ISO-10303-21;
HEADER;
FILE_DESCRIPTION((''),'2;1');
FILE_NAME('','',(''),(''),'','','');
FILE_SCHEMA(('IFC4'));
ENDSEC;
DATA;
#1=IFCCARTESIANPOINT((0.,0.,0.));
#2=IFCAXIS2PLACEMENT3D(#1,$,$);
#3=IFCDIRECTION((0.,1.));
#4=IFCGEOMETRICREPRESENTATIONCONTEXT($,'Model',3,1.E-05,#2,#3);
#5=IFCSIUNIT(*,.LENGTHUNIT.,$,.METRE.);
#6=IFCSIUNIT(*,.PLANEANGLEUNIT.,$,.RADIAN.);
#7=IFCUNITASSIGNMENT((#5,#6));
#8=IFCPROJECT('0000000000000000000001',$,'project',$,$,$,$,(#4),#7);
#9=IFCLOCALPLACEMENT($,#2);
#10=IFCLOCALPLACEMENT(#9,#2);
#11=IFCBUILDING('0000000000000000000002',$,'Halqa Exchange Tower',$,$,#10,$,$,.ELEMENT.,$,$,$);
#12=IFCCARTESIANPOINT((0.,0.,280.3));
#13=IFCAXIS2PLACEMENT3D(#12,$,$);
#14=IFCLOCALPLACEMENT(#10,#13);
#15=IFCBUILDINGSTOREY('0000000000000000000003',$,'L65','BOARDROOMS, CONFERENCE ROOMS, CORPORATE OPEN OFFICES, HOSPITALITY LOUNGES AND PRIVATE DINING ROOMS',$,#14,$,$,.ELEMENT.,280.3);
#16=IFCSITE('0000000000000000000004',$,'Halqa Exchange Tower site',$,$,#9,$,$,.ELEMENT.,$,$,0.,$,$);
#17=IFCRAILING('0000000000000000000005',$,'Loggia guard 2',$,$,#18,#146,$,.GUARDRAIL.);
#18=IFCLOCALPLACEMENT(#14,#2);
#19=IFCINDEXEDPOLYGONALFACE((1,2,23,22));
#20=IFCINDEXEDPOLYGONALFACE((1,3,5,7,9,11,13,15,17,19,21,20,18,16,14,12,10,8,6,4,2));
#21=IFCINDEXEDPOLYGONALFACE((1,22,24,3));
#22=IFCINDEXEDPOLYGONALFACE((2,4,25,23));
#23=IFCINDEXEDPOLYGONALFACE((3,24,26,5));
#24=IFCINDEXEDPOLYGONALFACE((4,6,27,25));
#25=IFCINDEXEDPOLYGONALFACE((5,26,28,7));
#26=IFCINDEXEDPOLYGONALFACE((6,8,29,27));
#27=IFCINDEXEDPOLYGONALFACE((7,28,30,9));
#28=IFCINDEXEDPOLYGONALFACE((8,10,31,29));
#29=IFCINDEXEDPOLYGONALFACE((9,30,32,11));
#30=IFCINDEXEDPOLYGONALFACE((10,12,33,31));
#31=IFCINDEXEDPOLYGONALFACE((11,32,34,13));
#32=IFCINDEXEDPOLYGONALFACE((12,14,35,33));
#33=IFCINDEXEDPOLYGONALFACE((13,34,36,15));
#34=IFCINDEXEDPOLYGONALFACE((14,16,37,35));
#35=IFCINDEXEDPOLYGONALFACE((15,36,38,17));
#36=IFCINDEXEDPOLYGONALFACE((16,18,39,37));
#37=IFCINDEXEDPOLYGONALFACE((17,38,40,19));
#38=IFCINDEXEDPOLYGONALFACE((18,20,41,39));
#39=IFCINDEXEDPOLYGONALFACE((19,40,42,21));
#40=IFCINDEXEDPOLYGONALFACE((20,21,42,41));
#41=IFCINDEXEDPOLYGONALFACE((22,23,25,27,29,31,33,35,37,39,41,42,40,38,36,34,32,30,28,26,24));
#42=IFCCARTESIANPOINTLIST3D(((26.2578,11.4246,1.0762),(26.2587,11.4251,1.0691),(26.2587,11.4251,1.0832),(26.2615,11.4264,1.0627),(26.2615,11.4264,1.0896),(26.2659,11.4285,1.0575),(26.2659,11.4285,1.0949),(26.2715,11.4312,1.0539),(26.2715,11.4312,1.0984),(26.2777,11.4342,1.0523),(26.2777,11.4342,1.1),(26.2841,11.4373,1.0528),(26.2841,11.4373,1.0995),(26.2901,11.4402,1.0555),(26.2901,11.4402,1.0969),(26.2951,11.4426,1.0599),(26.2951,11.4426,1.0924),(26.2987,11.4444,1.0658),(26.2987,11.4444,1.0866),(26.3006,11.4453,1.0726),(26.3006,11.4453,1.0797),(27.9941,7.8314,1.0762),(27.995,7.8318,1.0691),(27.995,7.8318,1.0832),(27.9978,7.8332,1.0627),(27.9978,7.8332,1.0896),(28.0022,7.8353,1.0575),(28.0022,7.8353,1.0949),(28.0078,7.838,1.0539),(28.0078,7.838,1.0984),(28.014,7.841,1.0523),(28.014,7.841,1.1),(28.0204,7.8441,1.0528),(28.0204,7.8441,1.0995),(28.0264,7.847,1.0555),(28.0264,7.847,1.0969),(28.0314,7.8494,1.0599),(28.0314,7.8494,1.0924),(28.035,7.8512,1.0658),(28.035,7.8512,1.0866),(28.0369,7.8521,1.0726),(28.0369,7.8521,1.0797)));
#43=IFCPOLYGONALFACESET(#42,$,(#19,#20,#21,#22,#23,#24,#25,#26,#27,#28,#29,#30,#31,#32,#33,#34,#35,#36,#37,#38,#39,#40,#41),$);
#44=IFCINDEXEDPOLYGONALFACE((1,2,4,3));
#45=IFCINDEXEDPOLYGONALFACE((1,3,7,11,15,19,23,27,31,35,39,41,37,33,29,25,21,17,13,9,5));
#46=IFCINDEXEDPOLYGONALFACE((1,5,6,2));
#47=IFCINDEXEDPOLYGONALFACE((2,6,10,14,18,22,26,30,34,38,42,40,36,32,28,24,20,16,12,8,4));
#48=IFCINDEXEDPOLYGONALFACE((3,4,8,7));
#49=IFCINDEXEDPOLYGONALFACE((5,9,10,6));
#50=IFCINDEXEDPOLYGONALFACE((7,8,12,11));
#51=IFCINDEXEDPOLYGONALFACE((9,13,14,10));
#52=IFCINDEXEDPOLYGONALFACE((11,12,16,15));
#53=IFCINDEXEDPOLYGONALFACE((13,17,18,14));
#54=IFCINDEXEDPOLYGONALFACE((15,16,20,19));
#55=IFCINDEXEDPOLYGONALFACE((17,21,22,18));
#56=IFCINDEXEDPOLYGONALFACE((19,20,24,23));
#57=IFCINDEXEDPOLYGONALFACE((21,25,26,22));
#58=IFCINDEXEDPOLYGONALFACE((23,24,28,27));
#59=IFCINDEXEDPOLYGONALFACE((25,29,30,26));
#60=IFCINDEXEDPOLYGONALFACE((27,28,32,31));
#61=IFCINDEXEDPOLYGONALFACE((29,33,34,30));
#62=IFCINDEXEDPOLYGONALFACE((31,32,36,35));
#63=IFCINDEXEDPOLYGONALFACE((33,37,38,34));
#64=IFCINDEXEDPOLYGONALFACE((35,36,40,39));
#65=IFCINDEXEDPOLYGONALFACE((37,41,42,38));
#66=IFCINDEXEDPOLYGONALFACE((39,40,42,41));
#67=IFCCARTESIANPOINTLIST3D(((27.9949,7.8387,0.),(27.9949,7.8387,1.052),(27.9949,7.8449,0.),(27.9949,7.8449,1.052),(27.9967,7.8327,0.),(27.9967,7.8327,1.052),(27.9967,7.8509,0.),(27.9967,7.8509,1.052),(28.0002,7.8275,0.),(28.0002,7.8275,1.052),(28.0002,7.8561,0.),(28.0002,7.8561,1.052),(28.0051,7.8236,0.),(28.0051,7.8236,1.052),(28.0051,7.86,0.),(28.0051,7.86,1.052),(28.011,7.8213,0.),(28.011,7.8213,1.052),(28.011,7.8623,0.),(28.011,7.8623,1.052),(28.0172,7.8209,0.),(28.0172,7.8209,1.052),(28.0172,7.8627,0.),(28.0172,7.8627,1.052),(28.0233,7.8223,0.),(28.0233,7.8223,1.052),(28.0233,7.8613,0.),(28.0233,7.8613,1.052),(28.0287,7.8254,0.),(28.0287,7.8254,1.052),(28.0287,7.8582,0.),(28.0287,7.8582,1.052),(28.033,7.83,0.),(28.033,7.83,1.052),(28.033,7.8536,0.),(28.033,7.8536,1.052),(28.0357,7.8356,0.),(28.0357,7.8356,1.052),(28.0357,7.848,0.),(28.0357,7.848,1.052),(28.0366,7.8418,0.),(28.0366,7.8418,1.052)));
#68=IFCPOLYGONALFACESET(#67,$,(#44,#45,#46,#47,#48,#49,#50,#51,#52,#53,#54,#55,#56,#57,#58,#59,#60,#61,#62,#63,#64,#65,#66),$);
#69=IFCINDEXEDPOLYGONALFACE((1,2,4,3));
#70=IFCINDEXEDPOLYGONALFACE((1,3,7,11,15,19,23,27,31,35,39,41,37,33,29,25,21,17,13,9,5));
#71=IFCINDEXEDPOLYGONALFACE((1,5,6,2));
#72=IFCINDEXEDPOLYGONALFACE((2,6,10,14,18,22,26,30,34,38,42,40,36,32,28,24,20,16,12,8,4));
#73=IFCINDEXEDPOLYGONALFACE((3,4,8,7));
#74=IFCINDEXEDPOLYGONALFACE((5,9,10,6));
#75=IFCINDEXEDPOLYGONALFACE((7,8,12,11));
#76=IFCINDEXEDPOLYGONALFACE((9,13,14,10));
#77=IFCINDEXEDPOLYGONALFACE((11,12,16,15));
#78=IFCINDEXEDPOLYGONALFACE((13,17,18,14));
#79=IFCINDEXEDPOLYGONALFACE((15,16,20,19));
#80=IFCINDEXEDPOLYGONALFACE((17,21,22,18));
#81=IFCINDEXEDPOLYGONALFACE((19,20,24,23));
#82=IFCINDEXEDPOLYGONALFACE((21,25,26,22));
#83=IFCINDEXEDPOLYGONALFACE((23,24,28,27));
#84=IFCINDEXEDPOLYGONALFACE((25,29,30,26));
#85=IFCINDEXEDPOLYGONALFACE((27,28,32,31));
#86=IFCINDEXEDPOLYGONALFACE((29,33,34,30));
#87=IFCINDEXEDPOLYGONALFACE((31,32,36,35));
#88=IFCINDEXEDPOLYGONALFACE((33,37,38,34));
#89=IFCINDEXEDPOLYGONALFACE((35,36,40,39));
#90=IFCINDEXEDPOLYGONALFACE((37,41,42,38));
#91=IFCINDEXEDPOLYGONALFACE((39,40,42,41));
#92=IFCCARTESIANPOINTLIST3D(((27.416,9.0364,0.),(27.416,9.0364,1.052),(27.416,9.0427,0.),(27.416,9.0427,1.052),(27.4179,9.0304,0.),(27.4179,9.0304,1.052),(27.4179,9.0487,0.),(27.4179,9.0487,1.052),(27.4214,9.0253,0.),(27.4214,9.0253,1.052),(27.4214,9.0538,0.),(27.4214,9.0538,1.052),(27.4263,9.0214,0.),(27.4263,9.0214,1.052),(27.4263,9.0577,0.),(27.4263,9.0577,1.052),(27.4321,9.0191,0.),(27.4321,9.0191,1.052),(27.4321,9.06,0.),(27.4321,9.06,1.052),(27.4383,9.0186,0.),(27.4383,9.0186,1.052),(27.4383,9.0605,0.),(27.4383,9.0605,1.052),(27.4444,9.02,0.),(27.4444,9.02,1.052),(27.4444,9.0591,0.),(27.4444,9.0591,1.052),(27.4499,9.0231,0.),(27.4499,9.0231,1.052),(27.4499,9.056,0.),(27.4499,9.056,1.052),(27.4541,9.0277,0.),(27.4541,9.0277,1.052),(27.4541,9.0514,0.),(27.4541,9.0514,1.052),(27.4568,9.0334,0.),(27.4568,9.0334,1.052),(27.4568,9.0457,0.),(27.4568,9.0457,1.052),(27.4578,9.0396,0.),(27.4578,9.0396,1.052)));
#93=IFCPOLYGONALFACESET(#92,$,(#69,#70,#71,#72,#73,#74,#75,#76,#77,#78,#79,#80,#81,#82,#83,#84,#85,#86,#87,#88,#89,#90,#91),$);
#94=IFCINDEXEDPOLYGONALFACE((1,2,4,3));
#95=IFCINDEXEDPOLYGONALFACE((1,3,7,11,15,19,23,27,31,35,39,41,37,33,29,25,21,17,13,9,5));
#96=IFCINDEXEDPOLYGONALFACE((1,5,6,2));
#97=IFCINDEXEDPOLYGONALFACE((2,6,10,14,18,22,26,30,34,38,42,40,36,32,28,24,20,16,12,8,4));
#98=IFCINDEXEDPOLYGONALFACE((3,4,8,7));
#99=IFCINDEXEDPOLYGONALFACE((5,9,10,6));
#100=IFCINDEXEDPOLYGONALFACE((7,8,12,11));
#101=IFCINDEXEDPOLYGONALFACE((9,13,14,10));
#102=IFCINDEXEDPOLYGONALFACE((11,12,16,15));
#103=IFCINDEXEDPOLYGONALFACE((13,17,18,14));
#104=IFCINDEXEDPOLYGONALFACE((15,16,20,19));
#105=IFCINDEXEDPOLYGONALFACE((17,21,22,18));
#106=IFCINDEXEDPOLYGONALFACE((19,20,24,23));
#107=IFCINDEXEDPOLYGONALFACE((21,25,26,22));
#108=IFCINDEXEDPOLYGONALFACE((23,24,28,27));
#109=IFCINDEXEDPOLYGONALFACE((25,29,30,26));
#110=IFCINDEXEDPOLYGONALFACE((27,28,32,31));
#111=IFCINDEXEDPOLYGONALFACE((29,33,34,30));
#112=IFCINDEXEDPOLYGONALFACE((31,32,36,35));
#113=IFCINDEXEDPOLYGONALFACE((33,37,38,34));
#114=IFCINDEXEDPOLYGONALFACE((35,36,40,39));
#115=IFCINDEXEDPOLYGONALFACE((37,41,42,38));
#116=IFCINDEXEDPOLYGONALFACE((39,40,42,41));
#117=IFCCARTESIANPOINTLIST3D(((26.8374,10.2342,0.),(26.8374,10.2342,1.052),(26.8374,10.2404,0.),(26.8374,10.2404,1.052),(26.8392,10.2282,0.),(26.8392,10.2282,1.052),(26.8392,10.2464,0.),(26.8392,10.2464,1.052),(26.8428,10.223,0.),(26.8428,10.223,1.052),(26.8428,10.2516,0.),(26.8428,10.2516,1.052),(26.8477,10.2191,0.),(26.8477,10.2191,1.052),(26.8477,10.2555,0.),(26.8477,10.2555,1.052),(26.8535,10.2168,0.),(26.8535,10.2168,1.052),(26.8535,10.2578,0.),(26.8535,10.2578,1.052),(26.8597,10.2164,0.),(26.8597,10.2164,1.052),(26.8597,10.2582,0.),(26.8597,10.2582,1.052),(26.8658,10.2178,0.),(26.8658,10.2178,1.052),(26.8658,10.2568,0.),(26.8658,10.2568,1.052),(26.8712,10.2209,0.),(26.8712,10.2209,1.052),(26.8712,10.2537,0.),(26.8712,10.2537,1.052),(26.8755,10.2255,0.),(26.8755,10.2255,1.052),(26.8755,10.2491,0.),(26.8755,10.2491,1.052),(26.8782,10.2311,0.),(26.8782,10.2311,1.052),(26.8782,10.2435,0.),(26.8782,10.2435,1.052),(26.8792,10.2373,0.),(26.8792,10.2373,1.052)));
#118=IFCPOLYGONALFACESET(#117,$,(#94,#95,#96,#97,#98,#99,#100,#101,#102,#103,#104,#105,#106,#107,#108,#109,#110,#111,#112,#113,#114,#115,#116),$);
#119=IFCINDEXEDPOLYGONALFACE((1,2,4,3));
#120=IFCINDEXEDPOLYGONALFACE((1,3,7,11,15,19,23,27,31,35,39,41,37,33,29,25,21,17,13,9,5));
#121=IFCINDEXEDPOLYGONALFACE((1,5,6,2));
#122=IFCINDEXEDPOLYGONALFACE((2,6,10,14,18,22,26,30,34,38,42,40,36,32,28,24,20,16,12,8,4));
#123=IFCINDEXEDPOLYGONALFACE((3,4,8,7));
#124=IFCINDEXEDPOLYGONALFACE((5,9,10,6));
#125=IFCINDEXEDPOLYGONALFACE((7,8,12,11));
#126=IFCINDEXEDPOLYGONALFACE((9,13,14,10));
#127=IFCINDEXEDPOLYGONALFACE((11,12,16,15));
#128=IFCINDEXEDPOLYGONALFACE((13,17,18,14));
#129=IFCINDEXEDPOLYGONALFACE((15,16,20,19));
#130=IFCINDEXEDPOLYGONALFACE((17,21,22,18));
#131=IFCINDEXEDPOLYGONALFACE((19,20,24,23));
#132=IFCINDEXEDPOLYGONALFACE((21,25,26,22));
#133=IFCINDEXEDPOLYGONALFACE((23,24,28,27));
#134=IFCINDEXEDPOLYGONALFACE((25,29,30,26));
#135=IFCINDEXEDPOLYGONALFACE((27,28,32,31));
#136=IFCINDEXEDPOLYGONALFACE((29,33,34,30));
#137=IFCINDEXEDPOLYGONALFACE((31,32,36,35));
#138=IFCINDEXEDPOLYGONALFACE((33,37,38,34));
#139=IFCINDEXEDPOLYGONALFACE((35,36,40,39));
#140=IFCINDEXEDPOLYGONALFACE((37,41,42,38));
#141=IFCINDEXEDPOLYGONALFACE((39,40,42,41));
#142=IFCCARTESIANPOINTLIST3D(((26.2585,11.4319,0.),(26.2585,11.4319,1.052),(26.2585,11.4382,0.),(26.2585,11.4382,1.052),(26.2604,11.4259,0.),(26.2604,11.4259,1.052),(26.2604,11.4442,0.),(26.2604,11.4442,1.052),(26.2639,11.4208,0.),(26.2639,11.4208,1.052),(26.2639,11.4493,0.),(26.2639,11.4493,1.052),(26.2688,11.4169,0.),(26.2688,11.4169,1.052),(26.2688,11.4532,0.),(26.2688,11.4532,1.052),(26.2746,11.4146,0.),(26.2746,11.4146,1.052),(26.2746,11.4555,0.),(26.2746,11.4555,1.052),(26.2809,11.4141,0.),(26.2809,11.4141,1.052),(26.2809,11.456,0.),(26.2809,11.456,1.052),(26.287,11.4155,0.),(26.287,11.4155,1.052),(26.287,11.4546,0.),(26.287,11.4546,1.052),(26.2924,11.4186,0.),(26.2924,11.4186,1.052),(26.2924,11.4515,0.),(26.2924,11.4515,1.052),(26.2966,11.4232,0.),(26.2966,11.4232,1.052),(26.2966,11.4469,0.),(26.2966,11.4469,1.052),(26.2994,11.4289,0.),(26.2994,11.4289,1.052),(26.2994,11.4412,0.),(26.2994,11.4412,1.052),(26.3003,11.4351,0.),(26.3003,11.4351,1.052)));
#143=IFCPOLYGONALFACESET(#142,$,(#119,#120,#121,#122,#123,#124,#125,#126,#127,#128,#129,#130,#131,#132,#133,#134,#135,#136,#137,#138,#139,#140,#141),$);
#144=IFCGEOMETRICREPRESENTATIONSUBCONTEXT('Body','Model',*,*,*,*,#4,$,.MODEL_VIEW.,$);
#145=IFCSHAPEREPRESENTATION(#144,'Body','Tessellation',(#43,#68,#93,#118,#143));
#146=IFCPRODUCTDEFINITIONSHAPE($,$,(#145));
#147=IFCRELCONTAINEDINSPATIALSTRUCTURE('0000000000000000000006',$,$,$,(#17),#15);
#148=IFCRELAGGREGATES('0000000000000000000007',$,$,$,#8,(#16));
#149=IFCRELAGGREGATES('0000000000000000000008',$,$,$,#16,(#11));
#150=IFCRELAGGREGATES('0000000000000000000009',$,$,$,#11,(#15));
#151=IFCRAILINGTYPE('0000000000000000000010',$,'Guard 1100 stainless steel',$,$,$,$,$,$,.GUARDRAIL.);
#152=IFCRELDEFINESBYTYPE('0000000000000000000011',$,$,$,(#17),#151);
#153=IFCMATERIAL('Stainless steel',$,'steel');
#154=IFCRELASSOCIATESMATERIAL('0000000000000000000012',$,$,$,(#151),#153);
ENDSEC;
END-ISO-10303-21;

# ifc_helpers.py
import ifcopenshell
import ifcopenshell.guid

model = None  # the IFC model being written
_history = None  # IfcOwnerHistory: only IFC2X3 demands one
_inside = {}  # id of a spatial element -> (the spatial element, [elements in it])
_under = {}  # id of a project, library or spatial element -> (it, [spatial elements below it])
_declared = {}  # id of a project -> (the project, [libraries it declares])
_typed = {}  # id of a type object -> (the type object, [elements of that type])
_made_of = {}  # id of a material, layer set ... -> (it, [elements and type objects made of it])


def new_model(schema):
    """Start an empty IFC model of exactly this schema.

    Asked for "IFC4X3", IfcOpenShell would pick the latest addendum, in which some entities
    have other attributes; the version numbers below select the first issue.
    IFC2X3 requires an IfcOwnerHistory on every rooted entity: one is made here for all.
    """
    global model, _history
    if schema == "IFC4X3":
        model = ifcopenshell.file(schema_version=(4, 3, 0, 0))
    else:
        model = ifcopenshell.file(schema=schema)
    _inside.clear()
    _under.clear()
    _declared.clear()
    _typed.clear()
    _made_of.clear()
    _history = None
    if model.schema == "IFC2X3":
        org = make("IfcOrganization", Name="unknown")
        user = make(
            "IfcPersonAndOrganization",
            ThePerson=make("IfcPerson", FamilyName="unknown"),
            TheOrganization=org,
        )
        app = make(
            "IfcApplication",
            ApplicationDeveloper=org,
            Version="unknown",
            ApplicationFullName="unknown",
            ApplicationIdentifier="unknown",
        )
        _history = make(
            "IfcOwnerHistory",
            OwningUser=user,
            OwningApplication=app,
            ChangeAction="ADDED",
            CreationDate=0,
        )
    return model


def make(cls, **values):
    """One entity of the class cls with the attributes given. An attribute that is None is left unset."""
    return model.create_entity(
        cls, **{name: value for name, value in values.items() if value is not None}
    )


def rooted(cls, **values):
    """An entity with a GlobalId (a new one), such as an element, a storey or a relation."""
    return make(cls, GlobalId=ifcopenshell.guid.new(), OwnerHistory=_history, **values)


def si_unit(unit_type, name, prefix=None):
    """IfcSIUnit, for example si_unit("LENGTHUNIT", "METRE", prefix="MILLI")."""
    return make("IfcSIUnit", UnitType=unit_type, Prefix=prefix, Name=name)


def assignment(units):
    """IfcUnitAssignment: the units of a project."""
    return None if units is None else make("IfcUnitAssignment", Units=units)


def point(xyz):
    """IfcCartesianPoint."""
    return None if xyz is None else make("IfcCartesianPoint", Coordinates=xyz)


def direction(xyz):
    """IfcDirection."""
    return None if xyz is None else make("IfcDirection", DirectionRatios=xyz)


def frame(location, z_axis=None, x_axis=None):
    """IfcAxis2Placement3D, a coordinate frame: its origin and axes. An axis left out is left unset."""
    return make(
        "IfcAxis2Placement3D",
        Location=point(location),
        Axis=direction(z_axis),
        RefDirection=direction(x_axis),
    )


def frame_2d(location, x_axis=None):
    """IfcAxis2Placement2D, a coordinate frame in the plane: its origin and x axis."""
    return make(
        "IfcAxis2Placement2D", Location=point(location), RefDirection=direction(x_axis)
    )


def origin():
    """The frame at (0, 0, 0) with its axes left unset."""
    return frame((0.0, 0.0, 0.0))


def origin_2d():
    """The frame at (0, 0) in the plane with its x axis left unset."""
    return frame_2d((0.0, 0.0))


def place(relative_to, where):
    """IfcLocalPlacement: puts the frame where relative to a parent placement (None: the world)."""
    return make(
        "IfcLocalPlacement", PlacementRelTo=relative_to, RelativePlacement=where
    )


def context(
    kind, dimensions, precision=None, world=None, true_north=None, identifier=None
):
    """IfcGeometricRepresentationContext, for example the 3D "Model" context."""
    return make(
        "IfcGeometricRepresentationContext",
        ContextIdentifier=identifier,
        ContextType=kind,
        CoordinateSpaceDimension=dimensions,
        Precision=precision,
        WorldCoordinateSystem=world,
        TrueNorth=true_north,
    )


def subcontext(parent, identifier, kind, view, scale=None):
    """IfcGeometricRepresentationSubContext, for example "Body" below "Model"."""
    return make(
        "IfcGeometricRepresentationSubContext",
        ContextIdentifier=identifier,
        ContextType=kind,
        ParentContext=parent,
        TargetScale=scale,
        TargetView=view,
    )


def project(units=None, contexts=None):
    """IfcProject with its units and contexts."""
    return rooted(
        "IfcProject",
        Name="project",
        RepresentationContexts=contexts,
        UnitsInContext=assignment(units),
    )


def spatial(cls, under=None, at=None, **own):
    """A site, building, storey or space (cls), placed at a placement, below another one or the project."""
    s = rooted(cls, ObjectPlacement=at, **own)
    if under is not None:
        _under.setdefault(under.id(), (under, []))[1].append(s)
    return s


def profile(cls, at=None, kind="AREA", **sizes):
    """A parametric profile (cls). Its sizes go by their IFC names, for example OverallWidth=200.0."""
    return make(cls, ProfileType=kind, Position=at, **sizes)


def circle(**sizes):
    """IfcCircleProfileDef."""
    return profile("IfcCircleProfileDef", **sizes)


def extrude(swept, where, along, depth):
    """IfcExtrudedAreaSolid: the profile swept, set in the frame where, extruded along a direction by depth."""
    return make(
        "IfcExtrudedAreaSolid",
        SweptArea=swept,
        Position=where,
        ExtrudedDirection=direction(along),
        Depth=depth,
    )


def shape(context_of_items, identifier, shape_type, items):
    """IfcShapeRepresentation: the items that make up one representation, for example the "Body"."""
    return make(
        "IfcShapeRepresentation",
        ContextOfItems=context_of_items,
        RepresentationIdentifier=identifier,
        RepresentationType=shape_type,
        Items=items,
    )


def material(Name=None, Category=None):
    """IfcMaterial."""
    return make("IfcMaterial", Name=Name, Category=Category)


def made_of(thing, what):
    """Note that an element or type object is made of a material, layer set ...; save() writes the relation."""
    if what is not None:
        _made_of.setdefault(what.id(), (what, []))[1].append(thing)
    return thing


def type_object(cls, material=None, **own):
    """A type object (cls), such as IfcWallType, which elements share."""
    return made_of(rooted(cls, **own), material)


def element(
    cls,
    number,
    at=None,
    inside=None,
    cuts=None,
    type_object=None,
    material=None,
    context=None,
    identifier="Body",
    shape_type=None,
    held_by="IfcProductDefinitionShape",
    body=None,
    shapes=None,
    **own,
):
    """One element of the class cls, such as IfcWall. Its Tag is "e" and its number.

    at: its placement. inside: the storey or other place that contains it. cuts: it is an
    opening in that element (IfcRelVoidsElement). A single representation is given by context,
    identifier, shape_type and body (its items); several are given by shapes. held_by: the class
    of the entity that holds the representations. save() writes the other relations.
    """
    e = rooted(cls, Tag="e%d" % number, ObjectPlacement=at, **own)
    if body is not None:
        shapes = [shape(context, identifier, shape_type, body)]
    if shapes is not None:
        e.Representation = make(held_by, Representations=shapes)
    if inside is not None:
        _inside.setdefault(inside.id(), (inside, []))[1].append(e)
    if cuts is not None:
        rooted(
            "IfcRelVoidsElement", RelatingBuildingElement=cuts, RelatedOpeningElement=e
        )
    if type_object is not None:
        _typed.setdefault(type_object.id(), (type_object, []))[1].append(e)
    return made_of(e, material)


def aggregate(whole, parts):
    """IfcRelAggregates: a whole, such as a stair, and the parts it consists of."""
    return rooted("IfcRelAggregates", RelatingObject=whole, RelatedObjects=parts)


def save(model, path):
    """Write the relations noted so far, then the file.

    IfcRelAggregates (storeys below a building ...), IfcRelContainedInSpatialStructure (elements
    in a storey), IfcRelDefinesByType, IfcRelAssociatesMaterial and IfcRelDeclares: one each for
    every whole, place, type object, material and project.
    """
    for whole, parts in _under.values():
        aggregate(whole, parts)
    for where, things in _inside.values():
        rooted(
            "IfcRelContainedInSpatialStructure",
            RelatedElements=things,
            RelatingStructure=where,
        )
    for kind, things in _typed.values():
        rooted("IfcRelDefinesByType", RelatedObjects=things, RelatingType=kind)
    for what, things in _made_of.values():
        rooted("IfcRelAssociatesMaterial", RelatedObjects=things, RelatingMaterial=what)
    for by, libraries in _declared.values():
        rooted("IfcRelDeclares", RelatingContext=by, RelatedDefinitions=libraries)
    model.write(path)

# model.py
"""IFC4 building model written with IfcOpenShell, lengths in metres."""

from ifc_helpers import new_model, si_unit, direction, frame, origin, origin_2d, place, context, subcontext, project, spatial, circle, extrude, material, type_object, element, save


model = new_model("IFC4")

# Units and contexts
model_context = context("Model", 3, precision=1e-05, world=origin(), true_north=direction((0.0, 1.0)))
body_context = subcontext(model_context, "Body", "Model", "MODEL_VIEW")
ifc_project = project(units=[si_unit("LENGTHUNIT", "METRE"), si_unit("PLANEANGLEUNIT", "RADIAN")], contexts=[model_context])

# Site, building, storey
site_placement = place(None, origin())
site = spatial("IfcSite", under=ifc_project, at=site_placement, Name="Halqa Exchange Tower site", CompositionType="ELEMENT", RefElevation=0.0)
building_placement = place(site_placement, origin())
building = spatial("IfcBuilding", under=site, at=building_placement, Name="Halqa Exchange Tower", CompositionType="ELEMENT")
storey_placement = place(building_placement, frame((0.0, 0.0, 280.3)))
storey = spatial("IfcBuildingStorey", under=building, at=storey_placement, Name="L65", Description="BOARDROOMS, CONFERENCE ROOMS, CORPORATE OPEN OFFICES, HOSPITALITY LOUNGES AND PRIVATE DINING ROOMS", CompositionType="ELEMENT", Elevation=280.3)

# Railing
ifc_material_1 = material(Name="Stainless steel", Category="steel")
railing_type = type_object("IfcRailingType", Name="Guard 1100 stainless steel", PredefinedType="GUARDRAIL", material=ifc_material_1)
railing_1_placement = place(storey_placement, frame((28.0156, 7.8418, 0.0)))
element("IfcRailing", 1, at=railing_1_placement, inside=storey, type_object=railing_type, Name="Loggia guard 2", PredefinedType="GUARDRAIL", context=body_context, shape_type="SweptSolid", body=[
    extrude(circle(Radius=0.0239, at=origin_2d()), frame((0.0, 0.0, 1.0762), z_axis=(-0.435084, 0.90039, 0.0), x_axis=(-0.90039, -0.435084, 0.0)), (0.0, 0.0, 1.0), 3.9907),
    extrude(circle(Radius=0.021, at=origin_2d()), origin(), (0.0, 0.0, 1.0), 1.052),
    extrude(circle(Radius=0.021, at=origin_2d()), frame((-0.5789, 1.1978, 0.0)), (0.0, 0.0, 1.0), 1.052),
    extrude(circle(Radius=0.021, at=origin_2d()), frame((-1.1575, 2.3955, 0.0)), (0.0, 0.0, 1.0), 1.052),
    extrude(circle(Radius=0.021, at=origin_2d()), frame((-1.7363, 3.5933, 0.0)), (0.0, 0.0, 1.0), 1.052),
])

save(model, "model.ifc")
